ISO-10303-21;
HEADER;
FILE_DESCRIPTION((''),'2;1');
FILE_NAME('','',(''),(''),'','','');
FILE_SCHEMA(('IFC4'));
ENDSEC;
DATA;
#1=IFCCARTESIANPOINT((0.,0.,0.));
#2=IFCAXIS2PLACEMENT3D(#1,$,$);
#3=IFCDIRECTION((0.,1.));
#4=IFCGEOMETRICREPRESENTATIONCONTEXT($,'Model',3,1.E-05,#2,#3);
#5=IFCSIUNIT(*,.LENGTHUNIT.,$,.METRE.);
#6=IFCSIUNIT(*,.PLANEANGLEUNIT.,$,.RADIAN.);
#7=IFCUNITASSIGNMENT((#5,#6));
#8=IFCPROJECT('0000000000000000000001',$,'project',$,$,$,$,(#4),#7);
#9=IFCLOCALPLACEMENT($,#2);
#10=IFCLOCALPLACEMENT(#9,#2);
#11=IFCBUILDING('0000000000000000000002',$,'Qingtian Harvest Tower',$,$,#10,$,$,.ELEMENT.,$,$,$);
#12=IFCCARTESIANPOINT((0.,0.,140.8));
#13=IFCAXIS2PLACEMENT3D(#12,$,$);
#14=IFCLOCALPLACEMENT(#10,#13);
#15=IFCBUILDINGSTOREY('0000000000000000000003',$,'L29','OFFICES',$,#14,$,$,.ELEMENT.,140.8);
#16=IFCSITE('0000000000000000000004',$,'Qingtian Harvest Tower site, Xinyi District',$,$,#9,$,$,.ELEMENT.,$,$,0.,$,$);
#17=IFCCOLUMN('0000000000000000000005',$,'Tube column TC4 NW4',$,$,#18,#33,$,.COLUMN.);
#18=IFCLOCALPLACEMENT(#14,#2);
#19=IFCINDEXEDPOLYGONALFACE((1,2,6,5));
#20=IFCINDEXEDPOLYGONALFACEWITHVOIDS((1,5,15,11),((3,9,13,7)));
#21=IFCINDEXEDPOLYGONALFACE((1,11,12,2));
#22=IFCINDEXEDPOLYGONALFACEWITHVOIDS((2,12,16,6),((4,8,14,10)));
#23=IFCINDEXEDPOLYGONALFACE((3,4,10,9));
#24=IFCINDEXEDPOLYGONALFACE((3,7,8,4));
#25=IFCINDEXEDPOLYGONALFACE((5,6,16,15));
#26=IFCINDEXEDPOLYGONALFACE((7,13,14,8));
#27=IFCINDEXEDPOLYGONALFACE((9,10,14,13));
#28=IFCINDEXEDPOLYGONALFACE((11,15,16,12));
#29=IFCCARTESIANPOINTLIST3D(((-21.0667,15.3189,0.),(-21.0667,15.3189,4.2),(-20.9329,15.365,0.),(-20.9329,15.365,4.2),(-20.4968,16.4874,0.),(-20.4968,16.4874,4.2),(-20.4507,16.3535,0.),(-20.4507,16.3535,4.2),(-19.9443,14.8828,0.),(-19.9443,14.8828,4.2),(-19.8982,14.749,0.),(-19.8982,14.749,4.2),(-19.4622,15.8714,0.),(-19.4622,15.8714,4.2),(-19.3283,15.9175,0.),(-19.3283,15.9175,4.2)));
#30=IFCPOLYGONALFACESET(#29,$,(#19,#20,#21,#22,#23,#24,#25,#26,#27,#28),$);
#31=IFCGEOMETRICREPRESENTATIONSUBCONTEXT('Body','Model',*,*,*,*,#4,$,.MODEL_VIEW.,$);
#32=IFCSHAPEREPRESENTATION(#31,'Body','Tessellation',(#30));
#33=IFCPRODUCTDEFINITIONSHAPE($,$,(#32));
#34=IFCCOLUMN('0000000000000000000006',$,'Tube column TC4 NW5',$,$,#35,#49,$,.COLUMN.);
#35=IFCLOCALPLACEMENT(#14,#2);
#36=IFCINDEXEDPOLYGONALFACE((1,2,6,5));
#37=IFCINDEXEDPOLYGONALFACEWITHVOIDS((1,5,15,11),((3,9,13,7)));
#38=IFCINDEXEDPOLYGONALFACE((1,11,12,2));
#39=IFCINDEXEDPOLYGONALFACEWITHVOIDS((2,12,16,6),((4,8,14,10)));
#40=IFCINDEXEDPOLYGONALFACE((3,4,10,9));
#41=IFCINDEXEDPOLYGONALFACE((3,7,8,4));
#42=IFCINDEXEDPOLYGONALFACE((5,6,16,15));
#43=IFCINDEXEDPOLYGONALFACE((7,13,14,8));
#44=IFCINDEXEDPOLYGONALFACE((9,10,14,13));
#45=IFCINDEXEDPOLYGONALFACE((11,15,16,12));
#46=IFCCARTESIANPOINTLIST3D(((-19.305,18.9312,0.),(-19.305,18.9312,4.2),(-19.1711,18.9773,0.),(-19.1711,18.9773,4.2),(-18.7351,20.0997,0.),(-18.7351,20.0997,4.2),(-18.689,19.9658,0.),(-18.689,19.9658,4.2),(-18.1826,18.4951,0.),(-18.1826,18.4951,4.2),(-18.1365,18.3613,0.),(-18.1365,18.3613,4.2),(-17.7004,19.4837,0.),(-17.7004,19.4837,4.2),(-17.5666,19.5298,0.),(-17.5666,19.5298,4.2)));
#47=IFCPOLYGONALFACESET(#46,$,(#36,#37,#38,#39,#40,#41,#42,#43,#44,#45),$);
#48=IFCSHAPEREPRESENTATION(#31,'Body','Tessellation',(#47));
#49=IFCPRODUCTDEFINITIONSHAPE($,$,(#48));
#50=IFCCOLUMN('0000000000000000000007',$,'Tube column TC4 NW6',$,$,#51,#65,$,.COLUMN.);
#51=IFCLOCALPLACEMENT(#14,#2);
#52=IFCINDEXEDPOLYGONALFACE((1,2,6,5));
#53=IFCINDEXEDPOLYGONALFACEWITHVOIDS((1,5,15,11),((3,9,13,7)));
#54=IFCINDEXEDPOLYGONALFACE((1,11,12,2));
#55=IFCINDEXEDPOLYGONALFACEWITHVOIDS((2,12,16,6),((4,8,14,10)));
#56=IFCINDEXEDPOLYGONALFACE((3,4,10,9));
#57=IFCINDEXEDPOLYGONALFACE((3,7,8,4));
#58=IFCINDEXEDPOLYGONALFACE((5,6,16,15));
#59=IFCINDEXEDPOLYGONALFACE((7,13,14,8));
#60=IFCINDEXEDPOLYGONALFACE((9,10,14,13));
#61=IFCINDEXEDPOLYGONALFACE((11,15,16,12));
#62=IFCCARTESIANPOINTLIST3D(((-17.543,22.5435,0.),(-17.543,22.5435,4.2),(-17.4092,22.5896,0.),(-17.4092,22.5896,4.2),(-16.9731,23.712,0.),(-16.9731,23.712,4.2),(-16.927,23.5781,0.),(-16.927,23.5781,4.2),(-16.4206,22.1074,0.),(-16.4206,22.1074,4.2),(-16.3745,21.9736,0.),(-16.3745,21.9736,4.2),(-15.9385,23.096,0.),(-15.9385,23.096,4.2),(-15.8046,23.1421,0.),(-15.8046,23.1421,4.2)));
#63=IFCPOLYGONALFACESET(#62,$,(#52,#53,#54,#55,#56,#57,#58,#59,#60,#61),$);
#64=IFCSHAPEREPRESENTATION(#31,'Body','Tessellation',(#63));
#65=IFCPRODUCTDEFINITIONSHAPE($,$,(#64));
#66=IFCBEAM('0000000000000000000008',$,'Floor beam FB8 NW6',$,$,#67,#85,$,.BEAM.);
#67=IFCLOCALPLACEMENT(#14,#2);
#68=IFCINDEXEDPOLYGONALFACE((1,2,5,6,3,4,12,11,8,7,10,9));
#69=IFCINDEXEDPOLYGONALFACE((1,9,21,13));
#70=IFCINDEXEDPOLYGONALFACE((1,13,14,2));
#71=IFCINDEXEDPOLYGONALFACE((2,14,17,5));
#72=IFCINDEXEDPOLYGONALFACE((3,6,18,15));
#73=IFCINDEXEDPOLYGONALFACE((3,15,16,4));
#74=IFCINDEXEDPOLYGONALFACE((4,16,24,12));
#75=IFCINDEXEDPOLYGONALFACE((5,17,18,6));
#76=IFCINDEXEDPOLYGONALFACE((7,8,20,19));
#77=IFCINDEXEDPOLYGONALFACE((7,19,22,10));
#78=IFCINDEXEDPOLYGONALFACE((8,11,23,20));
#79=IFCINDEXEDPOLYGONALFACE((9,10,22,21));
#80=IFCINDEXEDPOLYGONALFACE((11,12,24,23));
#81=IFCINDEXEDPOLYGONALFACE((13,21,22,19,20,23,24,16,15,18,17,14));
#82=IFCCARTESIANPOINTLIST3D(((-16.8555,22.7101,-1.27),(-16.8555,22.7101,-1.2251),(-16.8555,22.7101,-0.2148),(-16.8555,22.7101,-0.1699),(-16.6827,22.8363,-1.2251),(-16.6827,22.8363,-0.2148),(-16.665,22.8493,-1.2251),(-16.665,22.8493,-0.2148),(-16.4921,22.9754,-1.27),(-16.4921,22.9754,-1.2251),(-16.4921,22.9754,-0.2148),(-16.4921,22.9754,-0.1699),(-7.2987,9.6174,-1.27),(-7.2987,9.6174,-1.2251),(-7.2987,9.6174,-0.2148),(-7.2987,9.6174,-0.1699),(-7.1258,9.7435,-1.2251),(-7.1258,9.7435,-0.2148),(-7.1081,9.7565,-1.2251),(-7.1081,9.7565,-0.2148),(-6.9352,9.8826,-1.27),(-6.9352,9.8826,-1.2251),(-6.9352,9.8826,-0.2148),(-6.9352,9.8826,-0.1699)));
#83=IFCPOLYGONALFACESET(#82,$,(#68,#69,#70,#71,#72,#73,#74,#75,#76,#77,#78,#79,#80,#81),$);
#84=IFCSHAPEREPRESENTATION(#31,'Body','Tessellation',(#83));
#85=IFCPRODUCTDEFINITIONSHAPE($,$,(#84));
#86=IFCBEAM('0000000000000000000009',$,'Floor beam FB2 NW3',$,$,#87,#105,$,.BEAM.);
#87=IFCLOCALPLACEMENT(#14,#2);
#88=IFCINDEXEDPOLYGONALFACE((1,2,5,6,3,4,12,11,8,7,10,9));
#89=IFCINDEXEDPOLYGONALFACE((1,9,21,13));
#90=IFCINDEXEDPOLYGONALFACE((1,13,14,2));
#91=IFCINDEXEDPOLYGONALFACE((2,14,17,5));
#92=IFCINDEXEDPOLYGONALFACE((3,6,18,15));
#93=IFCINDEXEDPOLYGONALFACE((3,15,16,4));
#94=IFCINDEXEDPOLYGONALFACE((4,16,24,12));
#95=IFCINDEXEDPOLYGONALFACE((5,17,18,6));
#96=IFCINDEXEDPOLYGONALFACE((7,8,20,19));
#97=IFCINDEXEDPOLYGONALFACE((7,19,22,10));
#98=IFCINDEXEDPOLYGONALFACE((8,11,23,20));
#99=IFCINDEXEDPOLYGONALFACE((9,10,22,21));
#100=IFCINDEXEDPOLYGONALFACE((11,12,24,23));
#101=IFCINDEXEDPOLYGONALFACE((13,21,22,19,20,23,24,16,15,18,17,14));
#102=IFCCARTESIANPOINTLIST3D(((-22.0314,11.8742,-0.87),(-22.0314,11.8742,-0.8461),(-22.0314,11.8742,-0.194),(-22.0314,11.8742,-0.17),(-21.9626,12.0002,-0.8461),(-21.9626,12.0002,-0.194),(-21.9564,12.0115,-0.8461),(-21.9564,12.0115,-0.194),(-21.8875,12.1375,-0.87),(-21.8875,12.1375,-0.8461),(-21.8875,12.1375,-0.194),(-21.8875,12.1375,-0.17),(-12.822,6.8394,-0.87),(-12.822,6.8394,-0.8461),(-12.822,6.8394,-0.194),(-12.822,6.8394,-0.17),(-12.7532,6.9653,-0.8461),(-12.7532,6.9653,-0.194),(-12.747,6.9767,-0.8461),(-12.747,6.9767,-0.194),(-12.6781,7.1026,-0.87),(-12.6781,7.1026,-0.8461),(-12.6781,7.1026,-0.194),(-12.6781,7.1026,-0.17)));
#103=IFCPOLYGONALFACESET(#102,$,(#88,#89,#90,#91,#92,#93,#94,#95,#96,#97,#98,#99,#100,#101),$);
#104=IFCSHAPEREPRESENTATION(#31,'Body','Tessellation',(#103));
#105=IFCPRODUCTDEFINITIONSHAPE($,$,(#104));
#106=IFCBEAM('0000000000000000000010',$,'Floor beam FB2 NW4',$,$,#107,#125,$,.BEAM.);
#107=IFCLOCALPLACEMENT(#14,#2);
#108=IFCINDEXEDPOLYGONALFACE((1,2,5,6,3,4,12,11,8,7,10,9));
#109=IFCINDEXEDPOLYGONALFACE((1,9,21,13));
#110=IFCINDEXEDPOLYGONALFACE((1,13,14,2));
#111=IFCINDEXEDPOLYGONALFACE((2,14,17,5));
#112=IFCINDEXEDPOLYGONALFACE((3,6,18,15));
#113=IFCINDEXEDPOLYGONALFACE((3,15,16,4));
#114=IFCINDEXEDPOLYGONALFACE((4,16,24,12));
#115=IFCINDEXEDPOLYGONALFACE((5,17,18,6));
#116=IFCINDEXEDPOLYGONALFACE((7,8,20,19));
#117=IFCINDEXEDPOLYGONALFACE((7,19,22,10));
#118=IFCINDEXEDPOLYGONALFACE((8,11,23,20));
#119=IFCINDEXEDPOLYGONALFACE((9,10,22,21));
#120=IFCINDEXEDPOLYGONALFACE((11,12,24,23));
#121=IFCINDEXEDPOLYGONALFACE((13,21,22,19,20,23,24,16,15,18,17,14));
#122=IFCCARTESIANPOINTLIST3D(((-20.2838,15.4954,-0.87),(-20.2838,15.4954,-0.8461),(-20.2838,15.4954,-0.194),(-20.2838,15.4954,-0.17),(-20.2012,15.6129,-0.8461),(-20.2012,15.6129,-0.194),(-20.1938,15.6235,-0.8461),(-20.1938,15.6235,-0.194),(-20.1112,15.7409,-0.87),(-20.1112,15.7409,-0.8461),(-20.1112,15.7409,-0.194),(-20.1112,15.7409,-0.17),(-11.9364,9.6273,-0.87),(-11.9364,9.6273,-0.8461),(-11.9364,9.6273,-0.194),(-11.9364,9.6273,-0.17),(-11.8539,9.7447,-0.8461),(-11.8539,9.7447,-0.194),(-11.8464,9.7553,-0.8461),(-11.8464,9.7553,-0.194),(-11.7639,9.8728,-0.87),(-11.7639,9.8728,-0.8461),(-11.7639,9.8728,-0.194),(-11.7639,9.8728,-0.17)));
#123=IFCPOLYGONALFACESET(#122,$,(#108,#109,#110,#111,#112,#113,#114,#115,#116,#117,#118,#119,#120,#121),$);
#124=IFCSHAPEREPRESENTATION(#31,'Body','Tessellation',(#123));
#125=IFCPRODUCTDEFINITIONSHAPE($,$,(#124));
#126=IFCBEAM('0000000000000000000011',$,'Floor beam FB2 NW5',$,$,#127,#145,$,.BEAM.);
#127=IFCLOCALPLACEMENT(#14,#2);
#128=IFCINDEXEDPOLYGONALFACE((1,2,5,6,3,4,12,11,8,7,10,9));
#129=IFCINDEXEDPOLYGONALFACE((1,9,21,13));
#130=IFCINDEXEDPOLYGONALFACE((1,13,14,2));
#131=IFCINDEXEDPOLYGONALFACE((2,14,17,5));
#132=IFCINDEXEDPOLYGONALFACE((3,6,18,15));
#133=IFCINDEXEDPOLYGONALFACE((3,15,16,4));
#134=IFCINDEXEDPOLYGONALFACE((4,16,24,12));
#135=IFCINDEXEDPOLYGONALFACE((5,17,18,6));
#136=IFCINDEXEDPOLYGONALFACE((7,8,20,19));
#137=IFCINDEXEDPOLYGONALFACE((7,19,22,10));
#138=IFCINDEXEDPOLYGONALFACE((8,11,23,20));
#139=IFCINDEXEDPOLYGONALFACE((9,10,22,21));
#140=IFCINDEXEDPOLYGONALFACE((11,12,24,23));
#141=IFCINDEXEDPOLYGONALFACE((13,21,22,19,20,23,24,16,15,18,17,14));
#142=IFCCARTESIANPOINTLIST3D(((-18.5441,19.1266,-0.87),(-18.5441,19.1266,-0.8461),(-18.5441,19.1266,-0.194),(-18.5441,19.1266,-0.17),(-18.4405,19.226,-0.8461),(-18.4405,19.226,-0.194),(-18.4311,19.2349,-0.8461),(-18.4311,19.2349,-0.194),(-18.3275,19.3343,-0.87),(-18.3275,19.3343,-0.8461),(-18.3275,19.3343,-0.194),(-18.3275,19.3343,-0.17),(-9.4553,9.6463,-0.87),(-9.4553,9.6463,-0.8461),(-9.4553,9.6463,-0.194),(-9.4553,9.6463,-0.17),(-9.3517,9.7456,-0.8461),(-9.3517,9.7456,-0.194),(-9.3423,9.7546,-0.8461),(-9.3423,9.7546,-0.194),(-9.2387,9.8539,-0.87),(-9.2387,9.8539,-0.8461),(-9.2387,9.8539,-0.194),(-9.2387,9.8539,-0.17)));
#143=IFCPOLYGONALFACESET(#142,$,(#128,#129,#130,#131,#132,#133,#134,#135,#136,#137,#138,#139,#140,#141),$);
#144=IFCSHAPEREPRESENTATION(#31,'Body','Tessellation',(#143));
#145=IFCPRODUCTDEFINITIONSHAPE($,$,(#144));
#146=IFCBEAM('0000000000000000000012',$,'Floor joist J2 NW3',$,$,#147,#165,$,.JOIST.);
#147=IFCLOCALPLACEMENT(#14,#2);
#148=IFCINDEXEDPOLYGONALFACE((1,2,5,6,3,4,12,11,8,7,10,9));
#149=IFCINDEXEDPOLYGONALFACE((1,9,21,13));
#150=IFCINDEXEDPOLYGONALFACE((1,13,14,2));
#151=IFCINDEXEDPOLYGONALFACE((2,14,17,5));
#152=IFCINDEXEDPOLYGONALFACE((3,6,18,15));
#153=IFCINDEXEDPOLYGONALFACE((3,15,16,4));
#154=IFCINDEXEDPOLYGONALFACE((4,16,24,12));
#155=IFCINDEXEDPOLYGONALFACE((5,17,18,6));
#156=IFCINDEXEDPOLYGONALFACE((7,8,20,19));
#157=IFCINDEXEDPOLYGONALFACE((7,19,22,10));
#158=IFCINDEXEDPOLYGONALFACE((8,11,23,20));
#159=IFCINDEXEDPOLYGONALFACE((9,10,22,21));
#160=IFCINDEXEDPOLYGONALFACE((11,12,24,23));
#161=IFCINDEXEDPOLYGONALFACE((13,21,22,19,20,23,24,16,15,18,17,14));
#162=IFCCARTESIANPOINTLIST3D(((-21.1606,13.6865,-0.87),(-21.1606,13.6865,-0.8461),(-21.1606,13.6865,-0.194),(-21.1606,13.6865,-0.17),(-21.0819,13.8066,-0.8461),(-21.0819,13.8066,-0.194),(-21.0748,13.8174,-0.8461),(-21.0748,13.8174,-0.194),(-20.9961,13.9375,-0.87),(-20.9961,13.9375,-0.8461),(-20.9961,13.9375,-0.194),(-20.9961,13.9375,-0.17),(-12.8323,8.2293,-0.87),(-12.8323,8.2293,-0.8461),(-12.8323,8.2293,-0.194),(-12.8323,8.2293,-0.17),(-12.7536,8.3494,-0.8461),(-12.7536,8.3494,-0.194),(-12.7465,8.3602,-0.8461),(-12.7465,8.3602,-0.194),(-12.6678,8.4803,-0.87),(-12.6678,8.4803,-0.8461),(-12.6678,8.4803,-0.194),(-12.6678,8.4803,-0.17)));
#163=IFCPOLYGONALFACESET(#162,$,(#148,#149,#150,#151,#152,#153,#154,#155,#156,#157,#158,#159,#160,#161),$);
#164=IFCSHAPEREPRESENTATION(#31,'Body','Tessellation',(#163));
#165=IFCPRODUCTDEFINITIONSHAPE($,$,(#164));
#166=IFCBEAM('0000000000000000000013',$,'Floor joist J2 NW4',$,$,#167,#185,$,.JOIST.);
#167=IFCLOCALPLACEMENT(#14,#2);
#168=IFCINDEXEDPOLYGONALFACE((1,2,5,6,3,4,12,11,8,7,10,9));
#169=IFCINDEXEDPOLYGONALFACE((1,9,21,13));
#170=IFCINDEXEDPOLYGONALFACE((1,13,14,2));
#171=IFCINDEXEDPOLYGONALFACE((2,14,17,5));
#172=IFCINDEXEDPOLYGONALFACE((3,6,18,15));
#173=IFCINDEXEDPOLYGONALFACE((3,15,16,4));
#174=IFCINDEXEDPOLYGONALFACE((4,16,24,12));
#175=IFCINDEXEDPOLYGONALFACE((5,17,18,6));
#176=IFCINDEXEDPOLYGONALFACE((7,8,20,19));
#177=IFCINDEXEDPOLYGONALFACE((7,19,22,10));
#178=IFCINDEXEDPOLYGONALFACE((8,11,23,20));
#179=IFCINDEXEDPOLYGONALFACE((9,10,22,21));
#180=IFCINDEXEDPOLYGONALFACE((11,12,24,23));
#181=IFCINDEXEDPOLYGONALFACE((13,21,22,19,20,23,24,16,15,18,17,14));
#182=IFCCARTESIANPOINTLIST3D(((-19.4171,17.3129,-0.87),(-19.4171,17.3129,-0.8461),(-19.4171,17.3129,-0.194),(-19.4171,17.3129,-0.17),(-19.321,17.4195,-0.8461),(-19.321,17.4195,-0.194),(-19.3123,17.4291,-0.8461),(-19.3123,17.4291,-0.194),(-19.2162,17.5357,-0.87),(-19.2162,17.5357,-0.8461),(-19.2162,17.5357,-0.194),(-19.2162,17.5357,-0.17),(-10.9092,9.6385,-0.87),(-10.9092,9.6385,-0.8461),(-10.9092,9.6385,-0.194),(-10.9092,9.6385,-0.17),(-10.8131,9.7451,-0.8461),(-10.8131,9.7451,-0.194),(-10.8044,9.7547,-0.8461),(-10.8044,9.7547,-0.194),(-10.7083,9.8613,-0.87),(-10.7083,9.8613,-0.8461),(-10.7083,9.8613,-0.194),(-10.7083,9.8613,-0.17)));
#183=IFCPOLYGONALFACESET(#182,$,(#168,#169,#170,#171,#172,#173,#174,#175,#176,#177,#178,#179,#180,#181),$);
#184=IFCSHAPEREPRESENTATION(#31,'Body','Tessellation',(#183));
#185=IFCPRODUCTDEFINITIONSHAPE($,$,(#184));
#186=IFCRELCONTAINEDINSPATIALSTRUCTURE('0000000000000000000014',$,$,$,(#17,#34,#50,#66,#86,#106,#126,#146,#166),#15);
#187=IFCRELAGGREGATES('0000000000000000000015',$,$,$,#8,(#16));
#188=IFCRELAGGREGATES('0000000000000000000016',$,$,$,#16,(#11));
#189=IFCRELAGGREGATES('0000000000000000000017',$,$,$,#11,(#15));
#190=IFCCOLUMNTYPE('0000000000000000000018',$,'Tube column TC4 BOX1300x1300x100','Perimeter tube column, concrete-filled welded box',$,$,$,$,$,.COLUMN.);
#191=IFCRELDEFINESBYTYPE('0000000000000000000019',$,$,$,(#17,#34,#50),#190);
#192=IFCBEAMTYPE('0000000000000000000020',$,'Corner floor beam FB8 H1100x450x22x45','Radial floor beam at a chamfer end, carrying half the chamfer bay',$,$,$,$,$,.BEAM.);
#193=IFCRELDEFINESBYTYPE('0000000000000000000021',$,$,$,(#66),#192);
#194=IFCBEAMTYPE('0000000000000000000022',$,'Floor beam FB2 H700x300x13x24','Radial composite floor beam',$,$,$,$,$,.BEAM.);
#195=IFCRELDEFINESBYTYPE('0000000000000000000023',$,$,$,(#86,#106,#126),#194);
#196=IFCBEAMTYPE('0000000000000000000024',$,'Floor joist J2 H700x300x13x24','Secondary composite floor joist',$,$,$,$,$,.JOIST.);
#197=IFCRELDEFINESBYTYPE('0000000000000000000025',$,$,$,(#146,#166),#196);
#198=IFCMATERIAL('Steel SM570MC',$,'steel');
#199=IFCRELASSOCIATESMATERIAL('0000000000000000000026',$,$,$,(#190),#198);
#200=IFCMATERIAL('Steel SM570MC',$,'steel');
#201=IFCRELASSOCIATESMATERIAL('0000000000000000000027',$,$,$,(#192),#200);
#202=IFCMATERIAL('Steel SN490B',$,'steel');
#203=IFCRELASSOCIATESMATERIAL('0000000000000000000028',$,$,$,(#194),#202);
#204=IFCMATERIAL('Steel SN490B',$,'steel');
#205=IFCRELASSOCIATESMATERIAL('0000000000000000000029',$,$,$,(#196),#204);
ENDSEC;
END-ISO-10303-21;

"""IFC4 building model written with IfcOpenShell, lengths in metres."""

from ifc_helpers import new_model, si_unit, direction, frame, origin, origin_2d, place, context, subcontext, project, spatial, hollow_rectangle, i_section, extrude, material, material_profile, profile_set, type_object, element, save


model = new_model("IFC4")

# Units and contexts
model_context = context("Model", 3, precision=1e-05, world=origin(), true_north=direction((0.0, 1.0)))
body_context = subcontext(model_context, "Body", "Model", "MODEL_VIEW")
ifc_project = project(units=[si_unit("LENGTHUNIT", "METRE"), si_unit("PLANEANGLEUNIT", "RADIAN")], contexts=[model_context])

# Site, building, storey
site_placement = place(None, origin())
site = spatial("IfcSite", under=ifc_project, at=site_placement, Name="Qingtian Harvest Tower site, Xinyi District", CompositionType="ELEMENT", RefElevation=0.0)
building_placement = place(site_placement, origin())
building = spatial("IfcBuilding", under=site, at=building_placement, Name="Qingtian Harvest Tower", CompositionType="ELEMENT")
storey_placement = place(building_placement, frame((0.0, 0.0, 140.8)))
storey = spatial("IfcBuildingStorey", under=building, at=storey_placement, Name="L29", Description="OFFICES", CompositionType="ELEMENT", Elevation=140.8)

# Columns
ifc_material_1 = material(Name="Steel SM570MC", Category="steel")
ifc_material_profile_1 = material_profile(ifc_material_1, hollow_rectangle(XDim=1.3, YDim=1.3, WallThickness=0.1001, at=origin_2d()), Name="BOX1300x1300x100")
ifc_profile_set_1 = profile_set([ifc_material_profile_1], Name="Steel SM570MC")
column_type = type_object("IfcColumnType", Name="Tube column TC4 BOX1300x1300x100", Description="Perimeter tube column, concrete-filled welded box", PredefinedType="COLUMN", material=ifc_profile_set_1)
for number, where, z_axis, x_axis, name in (
    (1, (-20.1975, 15.6182, 0.0), (0.0, 0.0, 1.0), (-0.438371, -0.898794, 0.0), "Tube column TC4 NW4"),
    (2, (-18.4358, 19.2305, 0.0), (0.0, 0.0, 1.0), (-0.438371, -0.898794, 0.0), "Tube column TC4 NW5"),
    (3, (-16.6738, 22.8428, 0.0), (0.0, 0.0, 1.0), (-0.438371, -0.898794, 0.0), "Tube column TC4 NW6"),
):
    element("IfcColumn", number, at=place(storey_placement, frame(where, z_axis=z_axis, x_axis=x_axis)), inside=storey, type_object=column_type, Name=name, PredefinedType="COLUMN", context=body_context, shape_type="SweptSolid", body=[
        extrude(hollow_rectangle(XDim=1.3, YDim=1.3, WallThickness=0.1001, at=origin_2d()), origin(), (0.0, 0.0, 1.0), 4.2),
    ])

# Beams
ifc_material_2 = material(Name="Steel SM570MC", Category="steel")
ifc_material_profile_2 = material_profile(ifc_material_2, i_section(OverallWidth=0.45, OverallDepth=1.1001, WebThickness=0.022, FlangeThickness=0.0449, at=origin_2d()), Name="H1100x450x22x45")
ifc_profile_set_2 = profile_set([ifc_material_profile_2], Name="Steel SM570MC")
beam_type_1 = type_object("IfcBeamType", Name="Corner floor beam FB8 H1100x450x22x45", Description="Radial floor beam at a chamfer end, carrying half the chamfer bay", PredefinedType="BEAM", material=ifc_profile_set_2)
beam_1_placement = place(storey_placement, frame((-16.6738, 22.8428, -0.72), z_axis=(0.589578, -0.807712, 0.0), x_axis=(0.807712, 0.589578, 0.0)))
element("IfcBeam", 4, at=beam_1_placement, inside=storey, type_object=beam_type_1, Name="Floor beam FB8 NW6", PredefinedType="BEAM", context=body_context, shape_type="SweptSolid", body=[
    extrude(i_section(OverallWidth=0.45, OverallDepth=1.1001, WebThickness=0.022, FlangeThickness=0.0449, at=origin_2d()), origin(), (0.0, 0.0, 1.0), 16.2097),
])
ifc_material_3 = material(Name="Steel SN490B", Category="steel")
ifc_material_profile_3 = material_profile(ifc_material_3, i_section(OverallWidth=0.3, OverallDepth=0.7, WebThickness=0.0129, FlangeThickness=0.0239, at=origin_2d()), Name="H700x300x13x24")
ifc_profile_set_3 = profile_set([ifc_material_profile_3], Name="Steel SN490B")
beam_type_2 = type_object("IfcBeamType", Name="Floor beam FB2 H700x300x13x24", Description="Radial composite floor beam", PredefinedType="BEAM", material=ifc_profile_set_3)
beam_2_placement = place(storey_placement, frame((-21.9595, 12.0059, -0.52), z_axis=(0.877432, -0.479701, 0.0), x_axis=(0.479701, 0.877432, 0.0)))
element("IfcBeam", 5, at=beam_2_placement, inside=storey, type_object=beam_type_2, Name="Floor beam FB2 NW3", PredefinedType="BEAM", context=body_context, shape_type="SweptSolid", body=[
    extrude(i_section(OverallWidth=0.3, OverallDepth=0.7, WebThickness=0.0129, FlangeThickness=0.0239, at=origin_2d()), origin(), (0.0, 0.0, 1.0), 10.4958),
])
beam_3_placement = place(storey_placement, frame((-20.1975, 15.6182, -0.52), z_axis=(0.81808, -0.575104, 0.0), x_axis=(0.575104, 0.81808, 0.0)))
element("IfcBeam", 6, at=beam_3_placement, inside=storey, type_object=beam_type_2, Name="Floor beam FB2 NW4", PredefinedType="BEAM", context=body_context, shape_type="SweptSolid", body=[
    extrude(i_section(OverallWidth=0.3, OverallDepth=0.7, WebThickness=0.0129, FlangeThickness=0.0239, at=origin_2d()), origin(), (0.0, 0.0, 1.0), 10.2036),
])
beam_4_placement = place(storey_placement, frame((-18.4358, 19.2305, -0.52), z_axis=(0.692041, -0.721858, 0.0), x_axis=(0.721858, 0.692041, 0.0)))
element("IfcBeam", 7, at=beam_4_placement, inside=storey, type_object=beam_type_2, Name="Floor beam FB2 NW5", PredefinedType="BEAM", context=body_context, shape_type="SweptSolid", body=[
    extrude(i_section(OverallWidth=0.3, OverallDepth=0.7, WebThickness=0.0129, FlangeThickness=0.0239, at=origin_2d()), origin(), (0.0, 0.0, 1.0), 13.1333),
])
ifc_material_4 = material(Name="Steel SN490B", Category="steel")
ifc_material_profile_4 = material_profile(ifc_material_4, i_section(OverallWidth=0.3, OverallDepth=0.7, WebThickness=0.0129, FlangeThickness=0.0239, at=origin_2d()), Name="H700x300x13x24")
ifc_profile_set_4 = profile_set([ifc_material_profile_4], Name="Steel SN490B")
beam_type_3 = type_object("IfcBeamType", Name="Floor joist J2 H700x300x13x24", Description="Secondary composite floor joist", PredefinedType="JOIST", material=ifc_profile_set_4)
beam_5_placement = place(storey_placement, frame((-21.0784, 13.812, -0.52), z_axis=(0.836426, -0.548079, 0.0), x_axis=(0.548079, 0.836426, 0.0)))
element("IfcBeam", 8, at=beam_5_placement, inside=storey, type_object=beam_type_3, Name="Floor joist J2 NW3", PredefinedType="JOIST", context=body_context, shape_type="SweptSolid", body=[
    extrude(i_section(OverallWidth=0.3, OverallDepth=0.7, WebThickness=0.0129, FlangeThickness=0.0239, at=origin_2d()), origin(), (0.0, 0.0, 1.0), 9.957),
])
beam_6_placement = place(storey_placement, frame((-19.3167, 17.4243, -0.52), z_axis=(0.742544, -0.669798, 0.0), x_axis=(0.669798, 0.742544, 0.0)))
element("IfcBeam", 9, at=beam_6_placement, inside=storey, type_object=beam_type_3, Name="Floor joist J2 NW4", PredefinedType="JOIST", context=body_context, shape_type="SweptSolid", body=[
    extrude(i_section(OverallWidth=0.3, OverallDepth=0.7, WebThickness=0.0129, FlangeThickness=0.0239, at=origin_2d()), origin(), (0.0, 0.0, 1.0), 11.4578),
])

save(model, "model.ifc")
